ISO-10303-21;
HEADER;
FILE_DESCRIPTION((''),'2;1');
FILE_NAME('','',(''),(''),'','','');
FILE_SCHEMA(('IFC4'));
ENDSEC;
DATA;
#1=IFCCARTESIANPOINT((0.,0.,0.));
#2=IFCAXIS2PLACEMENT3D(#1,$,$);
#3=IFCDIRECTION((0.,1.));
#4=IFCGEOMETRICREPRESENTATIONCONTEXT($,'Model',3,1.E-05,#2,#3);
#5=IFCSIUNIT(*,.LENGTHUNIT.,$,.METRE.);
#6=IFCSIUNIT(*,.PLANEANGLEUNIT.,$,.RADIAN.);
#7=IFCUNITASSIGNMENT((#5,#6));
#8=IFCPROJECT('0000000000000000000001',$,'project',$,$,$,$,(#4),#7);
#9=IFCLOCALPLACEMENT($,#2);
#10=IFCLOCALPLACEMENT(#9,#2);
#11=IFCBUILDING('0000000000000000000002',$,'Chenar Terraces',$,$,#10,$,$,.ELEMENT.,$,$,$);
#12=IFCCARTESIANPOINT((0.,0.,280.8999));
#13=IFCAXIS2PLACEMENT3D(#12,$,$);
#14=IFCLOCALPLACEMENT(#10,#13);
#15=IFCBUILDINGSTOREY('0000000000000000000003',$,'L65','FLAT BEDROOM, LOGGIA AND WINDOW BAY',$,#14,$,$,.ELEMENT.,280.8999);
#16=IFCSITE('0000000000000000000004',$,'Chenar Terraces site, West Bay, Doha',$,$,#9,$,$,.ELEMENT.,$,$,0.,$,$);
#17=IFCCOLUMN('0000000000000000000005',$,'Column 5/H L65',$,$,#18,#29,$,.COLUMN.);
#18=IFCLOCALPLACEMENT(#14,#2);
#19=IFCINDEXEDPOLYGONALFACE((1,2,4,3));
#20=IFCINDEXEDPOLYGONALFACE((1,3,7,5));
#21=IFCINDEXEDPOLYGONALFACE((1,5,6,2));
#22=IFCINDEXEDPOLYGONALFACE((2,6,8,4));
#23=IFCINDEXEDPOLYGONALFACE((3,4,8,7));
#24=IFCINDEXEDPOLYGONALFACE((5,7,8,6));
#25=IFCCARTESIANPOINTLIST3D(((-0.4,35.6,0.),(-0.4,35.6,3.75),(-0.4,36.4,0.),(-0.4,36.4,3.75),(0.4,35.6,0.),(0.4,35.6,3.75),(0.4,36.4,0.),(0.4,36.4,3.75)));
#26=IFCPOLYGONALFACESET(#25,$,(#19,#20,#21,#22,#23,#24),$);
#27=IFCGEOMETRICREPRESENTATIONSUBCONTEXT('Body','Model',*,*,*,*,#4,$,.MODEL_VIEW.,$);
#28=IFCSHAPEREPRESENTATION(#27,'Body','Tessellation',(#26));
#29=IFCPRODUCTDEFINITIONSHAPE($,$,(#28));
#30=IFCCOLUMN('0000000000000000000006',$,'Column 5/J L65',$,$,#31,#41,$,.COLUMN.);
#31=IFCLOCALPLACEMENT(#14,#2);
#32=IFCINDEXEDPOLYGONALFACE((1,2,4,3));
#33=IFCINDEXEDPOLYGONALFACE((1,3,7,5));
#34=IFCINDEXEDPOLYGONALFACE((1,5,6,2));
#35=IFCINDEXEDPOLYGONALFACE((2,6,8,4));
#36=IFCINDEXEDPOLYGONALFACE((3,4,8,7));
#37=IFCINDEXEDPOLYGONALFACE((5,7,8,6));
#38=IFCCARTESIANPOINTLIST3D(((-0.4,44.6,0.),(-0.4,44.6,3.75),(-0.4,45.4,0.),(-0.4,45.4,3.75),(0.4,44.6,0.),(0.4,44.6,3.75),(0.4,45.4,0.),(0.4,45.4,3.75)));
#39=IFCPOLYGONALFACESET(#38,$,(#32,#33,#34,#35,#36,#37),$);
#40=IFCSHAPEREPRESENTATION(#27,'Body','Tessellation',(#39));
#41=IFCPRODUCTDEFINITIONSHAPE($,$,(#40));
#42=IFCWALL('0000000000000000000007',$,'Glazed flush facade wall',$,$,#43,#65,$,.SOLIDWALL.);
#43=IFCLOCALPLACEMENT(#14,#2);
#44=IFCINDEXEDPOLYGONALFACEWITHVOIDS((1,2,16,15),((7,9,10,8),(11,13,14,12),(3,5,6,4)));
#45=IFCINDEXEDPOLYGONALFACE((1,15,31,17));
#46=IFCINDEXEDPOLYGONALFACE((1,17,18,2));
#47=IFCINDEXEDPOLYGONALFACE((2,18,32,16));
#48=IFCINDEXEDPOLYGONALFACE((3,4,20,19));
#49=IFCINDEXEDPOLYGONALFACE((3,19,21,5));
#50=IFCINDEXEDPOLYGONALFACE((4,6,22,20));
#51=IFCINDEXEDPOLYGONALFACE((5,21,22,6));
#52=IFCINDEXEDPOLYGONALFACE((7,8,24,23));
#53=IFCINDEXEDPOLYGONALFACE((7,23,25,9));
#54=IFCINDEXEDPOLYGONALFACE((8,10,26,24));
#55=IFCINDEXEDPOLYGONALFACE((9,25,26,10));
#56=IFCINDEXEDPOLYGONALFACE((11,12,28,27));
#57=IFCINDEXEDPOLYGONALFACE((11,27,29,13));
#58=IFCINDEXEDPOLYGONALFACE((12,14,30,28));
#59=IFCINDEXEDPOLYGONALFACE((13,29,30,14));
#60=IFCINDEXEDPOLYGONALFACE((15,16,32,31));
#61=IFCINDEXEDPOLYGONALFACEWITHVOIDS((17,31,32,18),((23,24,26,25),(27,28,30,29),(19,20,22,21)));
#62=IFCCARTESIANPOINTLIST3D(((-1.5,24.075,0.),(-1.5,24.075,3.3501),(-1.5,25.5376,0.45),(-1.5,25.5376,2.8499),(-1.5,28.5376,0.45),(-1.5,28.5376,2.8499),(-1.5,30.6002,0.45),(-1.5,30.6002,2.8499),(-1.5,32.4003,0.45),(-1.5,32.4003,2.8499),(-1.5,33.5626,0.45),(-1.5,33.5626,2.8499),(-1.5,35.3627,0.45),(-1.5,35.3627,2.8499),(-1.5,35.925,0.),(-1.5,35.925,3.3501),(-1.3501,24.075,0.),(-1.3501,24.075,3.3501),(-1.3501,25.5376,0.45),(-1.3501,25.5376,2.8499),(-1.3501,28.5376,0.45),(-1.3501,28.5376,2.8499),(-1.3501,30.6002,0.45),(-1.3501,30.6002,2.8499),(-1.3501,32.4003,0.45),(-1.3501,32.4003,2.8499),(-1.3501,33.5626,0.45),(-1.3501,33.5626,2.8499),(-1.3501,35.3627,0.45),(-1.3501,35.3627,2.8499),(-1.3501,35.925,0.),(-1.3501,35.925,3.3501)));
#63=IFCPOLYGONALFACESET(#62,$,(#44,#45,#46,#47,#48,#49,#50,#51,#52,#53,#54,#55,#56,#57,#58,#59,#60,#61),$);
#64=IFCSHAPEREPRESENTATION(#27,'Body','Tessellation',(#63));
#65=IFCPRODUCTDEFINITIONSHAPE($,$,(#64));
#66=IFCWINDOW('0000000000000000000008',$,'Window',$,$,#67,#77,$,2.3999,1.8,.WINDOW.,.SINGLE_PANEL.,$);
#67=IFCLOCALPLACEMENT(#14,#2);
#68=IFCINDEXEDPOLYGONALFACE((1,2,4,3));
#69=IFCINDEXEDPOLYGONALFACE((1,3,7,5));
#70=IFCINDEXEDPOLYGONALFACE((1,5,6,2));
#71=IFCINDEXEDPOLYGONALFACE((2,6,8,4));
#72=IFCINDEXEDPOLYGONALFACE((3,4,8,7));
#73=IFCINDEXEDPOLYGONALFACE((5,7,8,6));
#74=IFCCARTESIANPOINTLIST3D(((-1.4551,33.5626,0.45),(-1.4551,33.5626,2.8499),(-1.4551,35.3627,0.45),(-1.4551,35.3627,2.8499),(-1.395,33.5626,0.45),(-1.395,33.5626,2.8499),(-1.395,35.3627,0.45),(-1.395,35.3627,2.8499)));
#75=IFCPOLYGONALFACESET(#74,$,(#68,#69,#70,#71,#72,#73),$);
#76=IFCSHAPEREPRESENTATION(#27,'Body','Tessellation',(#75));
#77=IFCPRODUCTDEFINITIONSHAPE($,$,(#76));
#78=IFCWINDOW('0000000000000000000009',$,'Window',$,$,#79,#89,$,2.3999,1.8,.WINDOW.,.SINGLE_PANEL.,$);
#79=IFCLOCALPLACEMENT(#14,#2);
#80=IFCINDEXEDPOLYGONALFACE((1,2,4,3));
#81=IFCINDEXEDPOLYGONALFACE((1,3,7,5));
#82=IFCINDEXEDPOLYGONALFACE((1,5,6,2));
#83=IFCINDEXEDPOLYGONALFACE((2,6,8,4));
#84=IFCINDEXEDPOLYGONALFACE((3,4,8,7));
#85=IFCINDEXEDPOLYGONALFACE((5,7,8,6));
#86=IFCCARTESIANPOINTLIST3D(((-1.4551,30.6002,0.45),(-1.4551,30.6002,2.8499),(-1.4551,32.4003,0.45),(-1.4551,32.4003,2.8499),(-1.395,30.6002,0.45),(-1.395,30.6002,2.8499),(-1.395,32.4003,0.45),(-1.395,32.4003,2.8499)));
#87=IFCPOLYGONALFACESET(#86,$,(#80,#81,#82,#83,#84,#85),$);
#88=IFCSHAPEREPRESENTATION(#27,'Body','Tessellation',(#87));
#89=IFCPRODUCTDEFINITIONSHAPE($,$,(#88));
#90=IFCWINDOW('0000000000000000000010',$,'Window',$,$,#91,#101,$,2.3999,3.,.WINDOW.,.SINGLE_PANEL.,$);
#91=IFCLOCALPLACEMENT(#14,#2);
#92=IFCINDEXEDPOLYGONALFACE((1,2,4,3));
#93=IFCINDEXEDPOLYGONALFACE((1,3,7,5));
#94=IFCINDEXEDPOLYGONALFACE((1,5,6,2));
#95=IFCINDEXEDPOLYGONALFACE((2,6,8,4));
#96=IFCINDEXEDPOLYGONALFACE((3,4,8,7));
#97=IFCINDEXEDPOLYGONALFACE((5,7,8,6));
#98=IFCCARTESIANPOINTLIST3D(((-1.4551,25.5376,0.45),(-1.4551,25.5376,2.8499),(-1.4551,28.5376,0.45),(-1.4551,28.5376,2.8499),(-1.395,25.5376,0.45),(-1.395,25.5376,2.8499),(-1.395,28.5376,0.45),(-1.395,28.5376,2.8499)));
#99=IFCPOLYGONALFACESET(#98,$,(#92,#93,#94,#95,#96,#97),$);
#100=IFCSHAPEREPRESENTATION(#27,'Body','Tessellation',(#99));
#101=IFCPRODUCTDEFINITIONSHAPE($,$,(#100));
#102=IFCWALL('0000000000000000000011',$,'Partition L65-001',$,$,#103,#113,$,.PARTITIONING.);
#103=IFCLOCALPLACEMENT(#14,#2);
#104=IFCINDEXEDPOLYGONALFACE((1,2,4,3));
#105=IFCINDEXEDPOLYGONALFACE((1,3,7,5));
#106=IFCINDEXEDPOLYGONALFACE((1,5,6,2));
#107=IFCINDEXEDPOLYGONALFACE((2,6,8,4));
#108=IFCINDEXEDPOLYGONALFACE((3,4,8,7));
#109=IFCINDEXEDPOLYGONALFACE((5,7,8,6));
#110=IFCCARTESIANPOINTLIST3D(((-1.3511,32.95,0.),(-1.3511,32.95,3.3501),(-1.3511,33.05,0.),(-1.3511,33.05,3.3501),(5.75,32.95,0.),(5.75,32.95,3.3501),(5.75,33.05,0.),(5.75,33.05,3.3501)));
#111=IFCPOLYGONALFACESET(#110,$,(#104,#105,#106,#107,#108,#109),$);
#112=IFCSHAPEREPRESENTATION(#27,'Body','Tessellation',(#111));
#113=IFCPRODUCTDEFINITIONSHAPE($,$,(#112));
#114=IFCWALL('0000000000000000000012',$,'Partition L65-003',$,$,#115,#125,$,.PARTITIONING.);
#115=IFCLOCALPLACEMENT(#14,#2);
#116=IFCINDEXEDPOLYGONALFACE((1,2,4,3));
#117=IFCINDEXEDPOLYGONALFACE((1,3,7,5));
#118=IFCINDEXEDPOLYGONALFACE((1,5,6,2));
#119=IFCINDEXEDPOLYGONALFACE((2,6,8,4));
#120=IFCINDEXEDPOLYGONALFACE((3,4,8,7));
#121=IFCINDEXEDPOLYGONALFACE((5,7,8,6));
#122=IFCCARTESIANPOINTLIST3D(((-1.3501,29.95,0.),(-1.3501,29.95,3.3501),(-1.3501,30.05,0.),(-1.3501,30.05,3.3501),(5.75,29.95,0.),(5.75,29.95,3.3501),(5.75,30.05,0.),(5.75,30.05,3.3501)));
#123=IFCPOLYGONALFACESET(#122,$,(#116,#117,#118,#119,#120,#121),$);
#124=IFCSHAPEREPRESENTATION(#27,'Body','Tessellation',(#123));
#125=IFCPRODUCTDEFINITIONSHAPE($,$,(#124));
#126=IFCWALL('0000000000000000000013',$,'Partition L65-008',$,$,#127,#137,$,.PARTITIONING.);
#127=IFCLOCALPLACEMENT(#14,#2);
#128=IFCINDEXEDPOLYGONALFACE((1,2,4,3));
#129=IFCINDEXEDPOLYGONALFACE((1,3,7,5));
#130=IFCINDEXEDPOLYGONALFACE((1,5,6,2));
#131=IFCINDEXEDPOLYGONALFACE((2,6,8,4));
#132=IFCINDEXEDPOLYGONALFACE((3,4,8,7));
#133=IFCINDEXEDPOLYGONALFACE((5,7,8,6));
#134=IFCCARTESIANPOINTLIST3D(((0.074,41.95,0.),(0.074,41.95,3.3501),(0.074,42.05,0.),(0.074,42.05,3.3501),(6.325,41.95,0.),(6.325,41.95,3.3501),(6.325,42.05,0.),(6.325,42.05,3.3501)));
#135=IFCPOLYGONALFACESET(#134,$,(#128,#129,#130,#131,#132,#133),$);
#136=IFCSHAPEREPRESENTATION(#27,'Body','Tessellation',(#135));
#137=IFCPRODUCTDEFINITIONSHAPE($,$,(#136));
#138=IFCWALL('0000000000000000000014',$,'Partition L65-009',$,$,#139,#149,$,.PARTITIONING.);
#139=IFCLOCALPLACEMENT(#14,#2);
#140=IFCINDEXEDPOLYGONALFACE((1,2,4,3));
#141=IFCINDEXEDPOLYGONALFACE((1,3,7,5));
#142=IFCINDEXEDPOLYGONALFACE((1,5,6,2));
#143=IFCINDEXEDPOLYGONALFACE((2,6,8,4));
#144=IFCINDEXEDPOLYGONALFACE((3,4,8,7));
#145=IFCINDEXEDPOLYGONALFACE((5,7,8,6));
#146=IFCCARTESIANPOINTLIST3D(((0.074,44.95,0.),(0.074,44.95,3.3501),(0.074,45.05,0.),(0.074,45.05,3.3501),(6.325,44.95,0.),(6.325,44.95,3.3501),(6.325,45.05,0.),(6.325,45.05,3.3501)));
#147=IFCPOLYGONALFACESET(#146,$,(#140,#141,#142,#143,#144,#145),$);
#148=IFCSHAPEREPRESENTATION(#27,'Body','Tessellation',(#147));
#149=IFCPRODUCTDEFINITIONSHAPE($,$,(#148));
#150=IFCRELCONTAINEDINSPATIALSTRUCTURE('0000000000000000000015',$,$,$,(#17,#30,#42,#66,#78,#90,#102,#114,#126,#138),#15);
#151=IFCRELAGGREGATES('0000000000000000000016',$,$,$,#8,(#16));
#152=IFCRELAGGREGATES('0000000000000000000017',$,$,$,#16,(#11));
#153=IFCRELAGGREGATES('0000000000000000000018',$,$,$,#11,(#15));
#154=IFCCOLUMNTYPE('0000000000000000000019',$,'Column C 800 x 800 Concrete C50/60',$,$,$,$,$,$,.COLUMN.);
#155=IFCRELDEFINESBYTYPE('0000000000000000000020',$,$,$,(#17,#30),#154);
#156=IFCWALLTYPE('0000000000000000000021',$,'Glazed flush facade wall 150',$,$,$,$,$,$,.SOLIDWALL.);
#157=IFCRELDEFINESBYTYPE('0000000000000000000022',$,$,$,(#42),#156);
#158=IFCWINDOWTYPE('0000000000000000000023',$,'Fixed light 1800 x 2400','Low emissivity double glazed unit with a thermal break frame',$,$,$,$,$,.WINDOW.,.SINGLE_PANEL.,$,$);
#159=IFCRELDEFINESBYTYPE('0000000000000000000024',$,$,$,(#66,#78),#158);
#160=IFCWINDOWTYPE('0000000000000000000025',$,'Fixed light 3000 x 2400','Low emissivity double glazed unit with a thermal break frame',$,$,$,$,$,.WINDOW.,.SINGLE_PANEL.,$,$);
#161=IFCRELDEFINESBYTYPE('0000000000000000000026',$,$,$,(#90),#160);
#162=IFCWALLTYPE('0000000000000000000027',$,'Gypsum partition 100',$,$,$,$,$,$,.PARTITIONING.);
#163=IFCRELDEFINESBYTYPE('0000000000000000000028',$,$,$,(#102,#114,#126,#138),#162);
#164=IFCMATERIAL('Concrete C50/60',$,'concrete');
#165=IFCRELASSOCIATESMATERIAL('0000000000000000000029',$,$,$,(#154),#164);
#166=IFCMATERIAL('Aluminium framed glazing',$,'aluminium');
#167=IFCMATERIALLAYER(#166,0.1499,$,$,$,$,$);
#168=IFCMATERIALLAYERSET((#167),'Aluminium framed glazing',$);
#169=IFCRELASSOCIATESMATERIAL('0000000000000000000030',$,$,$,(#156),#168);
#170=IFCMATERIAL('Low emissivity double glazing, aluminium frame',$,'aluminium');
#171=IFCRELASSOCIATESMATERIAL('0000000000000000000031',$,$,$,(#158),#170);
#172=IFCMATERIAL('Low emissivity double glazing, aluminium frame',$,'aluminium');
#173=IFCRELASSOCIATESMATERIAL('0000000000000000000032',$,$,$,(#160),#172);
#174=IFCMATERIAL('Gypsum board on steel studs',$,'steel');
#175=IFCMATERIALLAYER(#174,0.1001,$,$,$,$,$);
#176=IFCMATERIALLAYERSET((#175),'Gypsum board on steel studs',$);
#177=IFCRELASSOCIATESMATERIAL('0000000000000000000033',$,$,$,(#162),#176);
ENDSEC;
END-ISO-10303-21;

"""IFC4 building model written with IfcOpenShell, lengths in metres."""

from ifc_helpers import new_model, si_unit, direction, frame, frame_2d, origin, origin_2d, place, context, subcontext, project, spatial, rectangle, extrude, material, layer, layer_set, material_profile, profile_set, type_object, element, fill, save


model = new_model("IFC4")

# Units and contexts
model_context = context("Model", 3, precision=1e-05, world=origin(), true_north=direction((0.0, 1.0)))
body_context = subcontext(model_context, "Body", "Model", "MODEL_VIEW")
ifc_project = project(units=[si_unit("LENGTHUNIT", "METRE"), si_unit("PLANEANGLEUNIT", "RADIAN")], contexts=[model_context])

# Site, building, storey
site_placement = place(None, origin())
site = spatial("IfcSite", under=ifc_project, at=site_placement, Name="Chenar Terraces site, West Bay, Doha", CompositionType="ELEMENT", RefElevation=0.0)
building_placement = place(site_placement, origin())
building = spatial("IfcBuilding", under=site, at=building_placement, Name="Chenar Terraces", CompositionType="ELEMENT")
storey_placement = place(building_placement, frame((0.0, 0.0, 280.8999)))
storey = spatial("IfcBuildingStorey", under=building, at=storey_placement, Name="L65", Description="FLAT BEDROOM, LOGGIA AND WINDOW BAY", CompositionType="ELEMENT", Elevation=280.8999)

# Columns
ifc_material_1 = material(Name="Concrete C50/60", Category="concrete")
ifc_material_profile_1 = material_profile(ifc_material_1, rectangle(XDim=0.8, YDim=0.8, at=origin_2d()), Name="C 800 x 800")
ifc_profile_set_1 = profile_set([ifc_material_profile_1], Name="Concrete C50/60")
column_type = type_object("IfcColumnType", Name="Column C 800 x 800 Concrete C50/60", PredefinedType="COLUMN", material=ifc_profile_set_1)
placement = place(storey_placement, frame((0.0, 36.0, 0.0), z_axis=(0.0, 0.0, 1.0), x_axis=(1.0, 0.0, 0.0)))
element("IfcColumn", 1, at=placement, inside=storey, type_object=column_type, Name="Column 5/H L65", PredefinedType="COLUMN", context=body_context, shape_type="SweptSolid", body=[
    extrude(rectangle(XDim=0.8, YDim=0.8, at=origin_2d()), origin(), (0.0, 0.0, 1.0), 3.75),
])
column_1_placement = place(storey_placement, frame((0.0, 45.0, 0.0), z_axis=(0.0, 0.0, 1.0), x_axis=(1.0, 0.0, 0.0)))
element("IfcColumn", 2, at=column_1_placement, inside=storey, type_object=column_type, Name="Column 5/J L65", PredefinedType="COLUMN", context=body_context, shape_type="SweptSolid", body=[
    extrude(rectangle(XDim=0.8, YDim=0.8, at=origin_2d()), origin(), (0.0, 0.0, 1.0), 3.75),
])

# Wall, openings, windows
ifc_material_2 = material(Name="Aluminium framed glazing", Category="aluminium")
ifc_layer_1 = layer(ifc_material_2, 0.1499)
ifc_layer_set_1 = layer_set([ifc_layer_1], Name="Aluminium framed glazing")
wall_type_1 = type_object("IfcWallType", Name="Glazed flush facade wall 150", PredefinedType="SOLIDWALL", material=ifc_layer_set_1)
wall_1_placement = place(storey_placement, frame((-1.425, 35.925, 0.0), z_axis=(0.0, 0.0, 1.0), x_axis=(0.0, -1.0, 0.0)))
wall_1 = element("IfcWall", 3, at=wall_1_placement, inside=storey, type_object=wall_type_1, Name="Glazed flush facade wall", PredefinedType="SOLIDWALL", context=body_context, shape_type="SweptSolid", body=[
    extrude(rectangle(XDim=11.8501, YDim=0.1499, at=frame_2d((5.925, 0.0))), origin(), (0.0, 0.0, 1.0), 3.3501),
])
opening_1_placement = place(wall_1_placement, frame((0.5625, 0.0, 0.45)))
opening_1 = element("IfcOpeningElement", 4, at=opening_1_placement, cuts=wall_1, PredefinedType="OPENING", context=body_context, shape_type="SweptSolid", body=[
    extrude(rectangle(XDim=1.8, YDim=2.3999, at=frame_2d((0.8999, 1.2))), frame((0.0, 0.085, 0.0), z_axis=(0.0, -1.0, 0.0), x_axis=(1.0, 0.0, 0.0)), (0.0, 0.0, 1.0), 0.1699),
])
opening_2_placement = place(wall_1_placement, frame((3.5249, 0.0, 0.45)))
opening_2 = element("IfcOpeningElement", 5, at=opening_2_placement, cuts=wall_1, PredefinedType="OPENING", context=body_context, shape_type="SweptSolid", body=[
    extrude(rectangle(XDim=1.8, YDim=2.3999, at=frame_2d((0.8999, 1.2))), frame((0.0, 0.085, 0.0), z_axis=(0.0, -1.0, 0.0), x_axis=(1.0, 0.0, 0.0)), (0.0, 0.0, 1.0), 0.1699),
])
opening_3_placement = place(wall_1_placement, frame((7.3875, 0.0, 0.45)))
opening_3 = element("IfcOpeningElement", 6, at=opening_3_placement, cuts=wall_1, PredefinedType="OPENING", context=body_context, shape_type="SweptSolid", body=[
    extrude(rectangle(XDim=3.0, YDim=2.3999, at=frame_2d((1.5, 1.2))), frame((0.0, 0.085, 0.0), z_axis=(0.0, -1.0, 0.0), x_axis=(1.0, 0.0, 0.0)), (0.0, 0.0, 1.0), 0.1699),
])
ifc_material_3 = material(Name="Low emissivity double glazing, aluminium frame", Category="aluminium")
window_type_1 = type_object("IfcWindowType", Name="Fixed light 1800 x 2400", Description="Low emissivity double glazed unit with a thermal break frame", PartitioningType="SINGLE_PANEL", PredefinedType="WINDOW", material=ifc_material_3)
window_1_placement = place(opening_1_placement, origin())
window_1 = element("IfcWindow", 7, at=window_1_placement, inside=storey, type_object=window_type_1, Name="Window", OverallHeight=2.3999, OverallWidth=1.8, PartitioningType="SINGLE_PANEL", PredefinedType="WINDOW", context=body_context, shape_type="SweptSolid", body=[
    extrude(rectangle(XDim=1.8, YDim=2.3999, at=frame_2d((0.8999, 1.2))), frame((0.0, 0.03, 0.0), z_axis=(0.0, -1.0, 0.0), x_axis=(1.0, 0.0, 0.0)), (0.0, 0.0, 1.0), 0.0601),
])
fill(opening_1, window_1)
window_2_placement = place(opening_2_placement, origin())
window_2 = element("IfcWindow", 8, at=window_2_placement, inside=storey, type_object=window_type_1, Name="Window", OverallHeight=2.3999, OverallWidth=1.8, PartitioningType="SINGLE_PANEL", PredefinedType="WINDOW", context=body_context, shape_type="SweptSolid", body=[
    extrude(rectangle(XDim=1.8, YDim=2.3999, at=frame_2d((0.8999, 1.2))), frame((0.0, 0.03, 0.0), z_axis=(0.0, -1.0, 0.0), x_axis=(1.0, 0.0, 0.0)), (0.0, 0.0, 1.0), 0.0601),
])
fill(opening_2, window_2)
ifc_material_4 = material(Name="Low emissivity double glazing, aluminium frame", Category="aluminium")
window_type_2 = type_object("IfcWindowType", Name="Fixed light 3000 x 2400", Description="Low emissivity double glazed unit with a thermal break frame", PartitioningType="SINGLE_PANEL", PredefinedType="WINDOW", material=ifc_material_4)
window_3_placement = place(opening_3_placement, origin())
window_3 = element("IfcWindow", 9, at=window_3_placement, inside=storey, type_object=window_type_2, Name="Window", OverallHeight=2.3999, OverallWidth=3.0, PartitioningType="SINGLE_PANEL", PredefinedType="WINDOW", context=body_context, shape_type="SweptSolid", body=[
    extrude(rectangle(XDim=3.0, YDim=2.3999, at=frame_2d((1.5, 1.2))), frame((0.0, 0.03, 0.0), z_axis=(0.0, -1.0, 0.0), x_axis=(1.0, 0.0, 0.0)), (0.0, 0.0, 1.0), 0.0601),
])
fill(opening_3, window_3)

# Walls
ifc_material_5 = material(Name="Gypsum board on steel studs", Category="steel")
ifc_layer_2 = layer(ifc_material_5, 0.1001)
ifc_layer_set_2 = layer_set([ifc_layer_2], Name="Gypsum board on steel studs")
wall_type_2 = type_object("IfcWallType", Name="Gypsum partition 100", PredefinedType="PARTITIONING", material=ifc_layer_set_2)
wall_2_placement = place(storey_placement, frame((-1.3511, 33.0, 0.0), z_axis=(0.0, 0.0, 1.0), x_axis=(1.0, 0.0, 0.0)))
element("IfcWall", 10, at=wall_2_placement, inside=storey, type_object=wall_type_2, Name="Partition L65-001", PredefinedType="PARTITIONING", context=body_context, shape_type="SweptSolid", body=[
    extrude(rectangle(XDim=7.1011, YDim=0.1001, at=frame_2d((3.5505, 0.0))), origin(), (0.0, 0.0, 1.0), 3.3501),
])
wall_3_placement = place(storey_placement, frame((-1.3501, 30.0, 0.0), z_axis=(0.0, 0.0, 1.0), x_axis=(1.0, 0.0, 0.0)))
element("IfcWall", 11, at=wall_3_placement, inside=storey, type_object=wall_type_2, Name="Partition L65-003", PredefinedType="PARTITIONING", context=body_context, shape_type="SweptSolid", body=[
    extrude(rectangle(XDim=7.1001, YDim=0.1001, at=frame_2d((3.55, 0.0))), origin(), (0.0, 0.0, 1.0), 3.3501),
])
for number, where, z_axis, x_axis, name in (
    (12, (0.074, 42.0, 0.0), (0.0, 0.0, 1.0), (1.0, 0.0, 0.0), "Partition L65-008"),
    (13, (0.074, 45.0, 0.0), (0.0, 0.0, 1.0), (1.0, 0.0, 0.0), "Partition L65-009"),
):
    element("IfcWall", number, at=place(storey_placement, frame(where, z_axis=z_axis, x_axis=x_axis)), inside=storey, type_object=wall_type_2, Name=name, PredefinedType="PARTITIONING", context=body_context, shape_type="SweptSolid", body=[
        extrude(rectangle(XDim=6.251, YDim=0.1001, at=frame_2d((3.1255, 0.0))), origin(), (0.0, 0.0, 1.0), 3.3501),
    ])

save(model, "model.ifc")
